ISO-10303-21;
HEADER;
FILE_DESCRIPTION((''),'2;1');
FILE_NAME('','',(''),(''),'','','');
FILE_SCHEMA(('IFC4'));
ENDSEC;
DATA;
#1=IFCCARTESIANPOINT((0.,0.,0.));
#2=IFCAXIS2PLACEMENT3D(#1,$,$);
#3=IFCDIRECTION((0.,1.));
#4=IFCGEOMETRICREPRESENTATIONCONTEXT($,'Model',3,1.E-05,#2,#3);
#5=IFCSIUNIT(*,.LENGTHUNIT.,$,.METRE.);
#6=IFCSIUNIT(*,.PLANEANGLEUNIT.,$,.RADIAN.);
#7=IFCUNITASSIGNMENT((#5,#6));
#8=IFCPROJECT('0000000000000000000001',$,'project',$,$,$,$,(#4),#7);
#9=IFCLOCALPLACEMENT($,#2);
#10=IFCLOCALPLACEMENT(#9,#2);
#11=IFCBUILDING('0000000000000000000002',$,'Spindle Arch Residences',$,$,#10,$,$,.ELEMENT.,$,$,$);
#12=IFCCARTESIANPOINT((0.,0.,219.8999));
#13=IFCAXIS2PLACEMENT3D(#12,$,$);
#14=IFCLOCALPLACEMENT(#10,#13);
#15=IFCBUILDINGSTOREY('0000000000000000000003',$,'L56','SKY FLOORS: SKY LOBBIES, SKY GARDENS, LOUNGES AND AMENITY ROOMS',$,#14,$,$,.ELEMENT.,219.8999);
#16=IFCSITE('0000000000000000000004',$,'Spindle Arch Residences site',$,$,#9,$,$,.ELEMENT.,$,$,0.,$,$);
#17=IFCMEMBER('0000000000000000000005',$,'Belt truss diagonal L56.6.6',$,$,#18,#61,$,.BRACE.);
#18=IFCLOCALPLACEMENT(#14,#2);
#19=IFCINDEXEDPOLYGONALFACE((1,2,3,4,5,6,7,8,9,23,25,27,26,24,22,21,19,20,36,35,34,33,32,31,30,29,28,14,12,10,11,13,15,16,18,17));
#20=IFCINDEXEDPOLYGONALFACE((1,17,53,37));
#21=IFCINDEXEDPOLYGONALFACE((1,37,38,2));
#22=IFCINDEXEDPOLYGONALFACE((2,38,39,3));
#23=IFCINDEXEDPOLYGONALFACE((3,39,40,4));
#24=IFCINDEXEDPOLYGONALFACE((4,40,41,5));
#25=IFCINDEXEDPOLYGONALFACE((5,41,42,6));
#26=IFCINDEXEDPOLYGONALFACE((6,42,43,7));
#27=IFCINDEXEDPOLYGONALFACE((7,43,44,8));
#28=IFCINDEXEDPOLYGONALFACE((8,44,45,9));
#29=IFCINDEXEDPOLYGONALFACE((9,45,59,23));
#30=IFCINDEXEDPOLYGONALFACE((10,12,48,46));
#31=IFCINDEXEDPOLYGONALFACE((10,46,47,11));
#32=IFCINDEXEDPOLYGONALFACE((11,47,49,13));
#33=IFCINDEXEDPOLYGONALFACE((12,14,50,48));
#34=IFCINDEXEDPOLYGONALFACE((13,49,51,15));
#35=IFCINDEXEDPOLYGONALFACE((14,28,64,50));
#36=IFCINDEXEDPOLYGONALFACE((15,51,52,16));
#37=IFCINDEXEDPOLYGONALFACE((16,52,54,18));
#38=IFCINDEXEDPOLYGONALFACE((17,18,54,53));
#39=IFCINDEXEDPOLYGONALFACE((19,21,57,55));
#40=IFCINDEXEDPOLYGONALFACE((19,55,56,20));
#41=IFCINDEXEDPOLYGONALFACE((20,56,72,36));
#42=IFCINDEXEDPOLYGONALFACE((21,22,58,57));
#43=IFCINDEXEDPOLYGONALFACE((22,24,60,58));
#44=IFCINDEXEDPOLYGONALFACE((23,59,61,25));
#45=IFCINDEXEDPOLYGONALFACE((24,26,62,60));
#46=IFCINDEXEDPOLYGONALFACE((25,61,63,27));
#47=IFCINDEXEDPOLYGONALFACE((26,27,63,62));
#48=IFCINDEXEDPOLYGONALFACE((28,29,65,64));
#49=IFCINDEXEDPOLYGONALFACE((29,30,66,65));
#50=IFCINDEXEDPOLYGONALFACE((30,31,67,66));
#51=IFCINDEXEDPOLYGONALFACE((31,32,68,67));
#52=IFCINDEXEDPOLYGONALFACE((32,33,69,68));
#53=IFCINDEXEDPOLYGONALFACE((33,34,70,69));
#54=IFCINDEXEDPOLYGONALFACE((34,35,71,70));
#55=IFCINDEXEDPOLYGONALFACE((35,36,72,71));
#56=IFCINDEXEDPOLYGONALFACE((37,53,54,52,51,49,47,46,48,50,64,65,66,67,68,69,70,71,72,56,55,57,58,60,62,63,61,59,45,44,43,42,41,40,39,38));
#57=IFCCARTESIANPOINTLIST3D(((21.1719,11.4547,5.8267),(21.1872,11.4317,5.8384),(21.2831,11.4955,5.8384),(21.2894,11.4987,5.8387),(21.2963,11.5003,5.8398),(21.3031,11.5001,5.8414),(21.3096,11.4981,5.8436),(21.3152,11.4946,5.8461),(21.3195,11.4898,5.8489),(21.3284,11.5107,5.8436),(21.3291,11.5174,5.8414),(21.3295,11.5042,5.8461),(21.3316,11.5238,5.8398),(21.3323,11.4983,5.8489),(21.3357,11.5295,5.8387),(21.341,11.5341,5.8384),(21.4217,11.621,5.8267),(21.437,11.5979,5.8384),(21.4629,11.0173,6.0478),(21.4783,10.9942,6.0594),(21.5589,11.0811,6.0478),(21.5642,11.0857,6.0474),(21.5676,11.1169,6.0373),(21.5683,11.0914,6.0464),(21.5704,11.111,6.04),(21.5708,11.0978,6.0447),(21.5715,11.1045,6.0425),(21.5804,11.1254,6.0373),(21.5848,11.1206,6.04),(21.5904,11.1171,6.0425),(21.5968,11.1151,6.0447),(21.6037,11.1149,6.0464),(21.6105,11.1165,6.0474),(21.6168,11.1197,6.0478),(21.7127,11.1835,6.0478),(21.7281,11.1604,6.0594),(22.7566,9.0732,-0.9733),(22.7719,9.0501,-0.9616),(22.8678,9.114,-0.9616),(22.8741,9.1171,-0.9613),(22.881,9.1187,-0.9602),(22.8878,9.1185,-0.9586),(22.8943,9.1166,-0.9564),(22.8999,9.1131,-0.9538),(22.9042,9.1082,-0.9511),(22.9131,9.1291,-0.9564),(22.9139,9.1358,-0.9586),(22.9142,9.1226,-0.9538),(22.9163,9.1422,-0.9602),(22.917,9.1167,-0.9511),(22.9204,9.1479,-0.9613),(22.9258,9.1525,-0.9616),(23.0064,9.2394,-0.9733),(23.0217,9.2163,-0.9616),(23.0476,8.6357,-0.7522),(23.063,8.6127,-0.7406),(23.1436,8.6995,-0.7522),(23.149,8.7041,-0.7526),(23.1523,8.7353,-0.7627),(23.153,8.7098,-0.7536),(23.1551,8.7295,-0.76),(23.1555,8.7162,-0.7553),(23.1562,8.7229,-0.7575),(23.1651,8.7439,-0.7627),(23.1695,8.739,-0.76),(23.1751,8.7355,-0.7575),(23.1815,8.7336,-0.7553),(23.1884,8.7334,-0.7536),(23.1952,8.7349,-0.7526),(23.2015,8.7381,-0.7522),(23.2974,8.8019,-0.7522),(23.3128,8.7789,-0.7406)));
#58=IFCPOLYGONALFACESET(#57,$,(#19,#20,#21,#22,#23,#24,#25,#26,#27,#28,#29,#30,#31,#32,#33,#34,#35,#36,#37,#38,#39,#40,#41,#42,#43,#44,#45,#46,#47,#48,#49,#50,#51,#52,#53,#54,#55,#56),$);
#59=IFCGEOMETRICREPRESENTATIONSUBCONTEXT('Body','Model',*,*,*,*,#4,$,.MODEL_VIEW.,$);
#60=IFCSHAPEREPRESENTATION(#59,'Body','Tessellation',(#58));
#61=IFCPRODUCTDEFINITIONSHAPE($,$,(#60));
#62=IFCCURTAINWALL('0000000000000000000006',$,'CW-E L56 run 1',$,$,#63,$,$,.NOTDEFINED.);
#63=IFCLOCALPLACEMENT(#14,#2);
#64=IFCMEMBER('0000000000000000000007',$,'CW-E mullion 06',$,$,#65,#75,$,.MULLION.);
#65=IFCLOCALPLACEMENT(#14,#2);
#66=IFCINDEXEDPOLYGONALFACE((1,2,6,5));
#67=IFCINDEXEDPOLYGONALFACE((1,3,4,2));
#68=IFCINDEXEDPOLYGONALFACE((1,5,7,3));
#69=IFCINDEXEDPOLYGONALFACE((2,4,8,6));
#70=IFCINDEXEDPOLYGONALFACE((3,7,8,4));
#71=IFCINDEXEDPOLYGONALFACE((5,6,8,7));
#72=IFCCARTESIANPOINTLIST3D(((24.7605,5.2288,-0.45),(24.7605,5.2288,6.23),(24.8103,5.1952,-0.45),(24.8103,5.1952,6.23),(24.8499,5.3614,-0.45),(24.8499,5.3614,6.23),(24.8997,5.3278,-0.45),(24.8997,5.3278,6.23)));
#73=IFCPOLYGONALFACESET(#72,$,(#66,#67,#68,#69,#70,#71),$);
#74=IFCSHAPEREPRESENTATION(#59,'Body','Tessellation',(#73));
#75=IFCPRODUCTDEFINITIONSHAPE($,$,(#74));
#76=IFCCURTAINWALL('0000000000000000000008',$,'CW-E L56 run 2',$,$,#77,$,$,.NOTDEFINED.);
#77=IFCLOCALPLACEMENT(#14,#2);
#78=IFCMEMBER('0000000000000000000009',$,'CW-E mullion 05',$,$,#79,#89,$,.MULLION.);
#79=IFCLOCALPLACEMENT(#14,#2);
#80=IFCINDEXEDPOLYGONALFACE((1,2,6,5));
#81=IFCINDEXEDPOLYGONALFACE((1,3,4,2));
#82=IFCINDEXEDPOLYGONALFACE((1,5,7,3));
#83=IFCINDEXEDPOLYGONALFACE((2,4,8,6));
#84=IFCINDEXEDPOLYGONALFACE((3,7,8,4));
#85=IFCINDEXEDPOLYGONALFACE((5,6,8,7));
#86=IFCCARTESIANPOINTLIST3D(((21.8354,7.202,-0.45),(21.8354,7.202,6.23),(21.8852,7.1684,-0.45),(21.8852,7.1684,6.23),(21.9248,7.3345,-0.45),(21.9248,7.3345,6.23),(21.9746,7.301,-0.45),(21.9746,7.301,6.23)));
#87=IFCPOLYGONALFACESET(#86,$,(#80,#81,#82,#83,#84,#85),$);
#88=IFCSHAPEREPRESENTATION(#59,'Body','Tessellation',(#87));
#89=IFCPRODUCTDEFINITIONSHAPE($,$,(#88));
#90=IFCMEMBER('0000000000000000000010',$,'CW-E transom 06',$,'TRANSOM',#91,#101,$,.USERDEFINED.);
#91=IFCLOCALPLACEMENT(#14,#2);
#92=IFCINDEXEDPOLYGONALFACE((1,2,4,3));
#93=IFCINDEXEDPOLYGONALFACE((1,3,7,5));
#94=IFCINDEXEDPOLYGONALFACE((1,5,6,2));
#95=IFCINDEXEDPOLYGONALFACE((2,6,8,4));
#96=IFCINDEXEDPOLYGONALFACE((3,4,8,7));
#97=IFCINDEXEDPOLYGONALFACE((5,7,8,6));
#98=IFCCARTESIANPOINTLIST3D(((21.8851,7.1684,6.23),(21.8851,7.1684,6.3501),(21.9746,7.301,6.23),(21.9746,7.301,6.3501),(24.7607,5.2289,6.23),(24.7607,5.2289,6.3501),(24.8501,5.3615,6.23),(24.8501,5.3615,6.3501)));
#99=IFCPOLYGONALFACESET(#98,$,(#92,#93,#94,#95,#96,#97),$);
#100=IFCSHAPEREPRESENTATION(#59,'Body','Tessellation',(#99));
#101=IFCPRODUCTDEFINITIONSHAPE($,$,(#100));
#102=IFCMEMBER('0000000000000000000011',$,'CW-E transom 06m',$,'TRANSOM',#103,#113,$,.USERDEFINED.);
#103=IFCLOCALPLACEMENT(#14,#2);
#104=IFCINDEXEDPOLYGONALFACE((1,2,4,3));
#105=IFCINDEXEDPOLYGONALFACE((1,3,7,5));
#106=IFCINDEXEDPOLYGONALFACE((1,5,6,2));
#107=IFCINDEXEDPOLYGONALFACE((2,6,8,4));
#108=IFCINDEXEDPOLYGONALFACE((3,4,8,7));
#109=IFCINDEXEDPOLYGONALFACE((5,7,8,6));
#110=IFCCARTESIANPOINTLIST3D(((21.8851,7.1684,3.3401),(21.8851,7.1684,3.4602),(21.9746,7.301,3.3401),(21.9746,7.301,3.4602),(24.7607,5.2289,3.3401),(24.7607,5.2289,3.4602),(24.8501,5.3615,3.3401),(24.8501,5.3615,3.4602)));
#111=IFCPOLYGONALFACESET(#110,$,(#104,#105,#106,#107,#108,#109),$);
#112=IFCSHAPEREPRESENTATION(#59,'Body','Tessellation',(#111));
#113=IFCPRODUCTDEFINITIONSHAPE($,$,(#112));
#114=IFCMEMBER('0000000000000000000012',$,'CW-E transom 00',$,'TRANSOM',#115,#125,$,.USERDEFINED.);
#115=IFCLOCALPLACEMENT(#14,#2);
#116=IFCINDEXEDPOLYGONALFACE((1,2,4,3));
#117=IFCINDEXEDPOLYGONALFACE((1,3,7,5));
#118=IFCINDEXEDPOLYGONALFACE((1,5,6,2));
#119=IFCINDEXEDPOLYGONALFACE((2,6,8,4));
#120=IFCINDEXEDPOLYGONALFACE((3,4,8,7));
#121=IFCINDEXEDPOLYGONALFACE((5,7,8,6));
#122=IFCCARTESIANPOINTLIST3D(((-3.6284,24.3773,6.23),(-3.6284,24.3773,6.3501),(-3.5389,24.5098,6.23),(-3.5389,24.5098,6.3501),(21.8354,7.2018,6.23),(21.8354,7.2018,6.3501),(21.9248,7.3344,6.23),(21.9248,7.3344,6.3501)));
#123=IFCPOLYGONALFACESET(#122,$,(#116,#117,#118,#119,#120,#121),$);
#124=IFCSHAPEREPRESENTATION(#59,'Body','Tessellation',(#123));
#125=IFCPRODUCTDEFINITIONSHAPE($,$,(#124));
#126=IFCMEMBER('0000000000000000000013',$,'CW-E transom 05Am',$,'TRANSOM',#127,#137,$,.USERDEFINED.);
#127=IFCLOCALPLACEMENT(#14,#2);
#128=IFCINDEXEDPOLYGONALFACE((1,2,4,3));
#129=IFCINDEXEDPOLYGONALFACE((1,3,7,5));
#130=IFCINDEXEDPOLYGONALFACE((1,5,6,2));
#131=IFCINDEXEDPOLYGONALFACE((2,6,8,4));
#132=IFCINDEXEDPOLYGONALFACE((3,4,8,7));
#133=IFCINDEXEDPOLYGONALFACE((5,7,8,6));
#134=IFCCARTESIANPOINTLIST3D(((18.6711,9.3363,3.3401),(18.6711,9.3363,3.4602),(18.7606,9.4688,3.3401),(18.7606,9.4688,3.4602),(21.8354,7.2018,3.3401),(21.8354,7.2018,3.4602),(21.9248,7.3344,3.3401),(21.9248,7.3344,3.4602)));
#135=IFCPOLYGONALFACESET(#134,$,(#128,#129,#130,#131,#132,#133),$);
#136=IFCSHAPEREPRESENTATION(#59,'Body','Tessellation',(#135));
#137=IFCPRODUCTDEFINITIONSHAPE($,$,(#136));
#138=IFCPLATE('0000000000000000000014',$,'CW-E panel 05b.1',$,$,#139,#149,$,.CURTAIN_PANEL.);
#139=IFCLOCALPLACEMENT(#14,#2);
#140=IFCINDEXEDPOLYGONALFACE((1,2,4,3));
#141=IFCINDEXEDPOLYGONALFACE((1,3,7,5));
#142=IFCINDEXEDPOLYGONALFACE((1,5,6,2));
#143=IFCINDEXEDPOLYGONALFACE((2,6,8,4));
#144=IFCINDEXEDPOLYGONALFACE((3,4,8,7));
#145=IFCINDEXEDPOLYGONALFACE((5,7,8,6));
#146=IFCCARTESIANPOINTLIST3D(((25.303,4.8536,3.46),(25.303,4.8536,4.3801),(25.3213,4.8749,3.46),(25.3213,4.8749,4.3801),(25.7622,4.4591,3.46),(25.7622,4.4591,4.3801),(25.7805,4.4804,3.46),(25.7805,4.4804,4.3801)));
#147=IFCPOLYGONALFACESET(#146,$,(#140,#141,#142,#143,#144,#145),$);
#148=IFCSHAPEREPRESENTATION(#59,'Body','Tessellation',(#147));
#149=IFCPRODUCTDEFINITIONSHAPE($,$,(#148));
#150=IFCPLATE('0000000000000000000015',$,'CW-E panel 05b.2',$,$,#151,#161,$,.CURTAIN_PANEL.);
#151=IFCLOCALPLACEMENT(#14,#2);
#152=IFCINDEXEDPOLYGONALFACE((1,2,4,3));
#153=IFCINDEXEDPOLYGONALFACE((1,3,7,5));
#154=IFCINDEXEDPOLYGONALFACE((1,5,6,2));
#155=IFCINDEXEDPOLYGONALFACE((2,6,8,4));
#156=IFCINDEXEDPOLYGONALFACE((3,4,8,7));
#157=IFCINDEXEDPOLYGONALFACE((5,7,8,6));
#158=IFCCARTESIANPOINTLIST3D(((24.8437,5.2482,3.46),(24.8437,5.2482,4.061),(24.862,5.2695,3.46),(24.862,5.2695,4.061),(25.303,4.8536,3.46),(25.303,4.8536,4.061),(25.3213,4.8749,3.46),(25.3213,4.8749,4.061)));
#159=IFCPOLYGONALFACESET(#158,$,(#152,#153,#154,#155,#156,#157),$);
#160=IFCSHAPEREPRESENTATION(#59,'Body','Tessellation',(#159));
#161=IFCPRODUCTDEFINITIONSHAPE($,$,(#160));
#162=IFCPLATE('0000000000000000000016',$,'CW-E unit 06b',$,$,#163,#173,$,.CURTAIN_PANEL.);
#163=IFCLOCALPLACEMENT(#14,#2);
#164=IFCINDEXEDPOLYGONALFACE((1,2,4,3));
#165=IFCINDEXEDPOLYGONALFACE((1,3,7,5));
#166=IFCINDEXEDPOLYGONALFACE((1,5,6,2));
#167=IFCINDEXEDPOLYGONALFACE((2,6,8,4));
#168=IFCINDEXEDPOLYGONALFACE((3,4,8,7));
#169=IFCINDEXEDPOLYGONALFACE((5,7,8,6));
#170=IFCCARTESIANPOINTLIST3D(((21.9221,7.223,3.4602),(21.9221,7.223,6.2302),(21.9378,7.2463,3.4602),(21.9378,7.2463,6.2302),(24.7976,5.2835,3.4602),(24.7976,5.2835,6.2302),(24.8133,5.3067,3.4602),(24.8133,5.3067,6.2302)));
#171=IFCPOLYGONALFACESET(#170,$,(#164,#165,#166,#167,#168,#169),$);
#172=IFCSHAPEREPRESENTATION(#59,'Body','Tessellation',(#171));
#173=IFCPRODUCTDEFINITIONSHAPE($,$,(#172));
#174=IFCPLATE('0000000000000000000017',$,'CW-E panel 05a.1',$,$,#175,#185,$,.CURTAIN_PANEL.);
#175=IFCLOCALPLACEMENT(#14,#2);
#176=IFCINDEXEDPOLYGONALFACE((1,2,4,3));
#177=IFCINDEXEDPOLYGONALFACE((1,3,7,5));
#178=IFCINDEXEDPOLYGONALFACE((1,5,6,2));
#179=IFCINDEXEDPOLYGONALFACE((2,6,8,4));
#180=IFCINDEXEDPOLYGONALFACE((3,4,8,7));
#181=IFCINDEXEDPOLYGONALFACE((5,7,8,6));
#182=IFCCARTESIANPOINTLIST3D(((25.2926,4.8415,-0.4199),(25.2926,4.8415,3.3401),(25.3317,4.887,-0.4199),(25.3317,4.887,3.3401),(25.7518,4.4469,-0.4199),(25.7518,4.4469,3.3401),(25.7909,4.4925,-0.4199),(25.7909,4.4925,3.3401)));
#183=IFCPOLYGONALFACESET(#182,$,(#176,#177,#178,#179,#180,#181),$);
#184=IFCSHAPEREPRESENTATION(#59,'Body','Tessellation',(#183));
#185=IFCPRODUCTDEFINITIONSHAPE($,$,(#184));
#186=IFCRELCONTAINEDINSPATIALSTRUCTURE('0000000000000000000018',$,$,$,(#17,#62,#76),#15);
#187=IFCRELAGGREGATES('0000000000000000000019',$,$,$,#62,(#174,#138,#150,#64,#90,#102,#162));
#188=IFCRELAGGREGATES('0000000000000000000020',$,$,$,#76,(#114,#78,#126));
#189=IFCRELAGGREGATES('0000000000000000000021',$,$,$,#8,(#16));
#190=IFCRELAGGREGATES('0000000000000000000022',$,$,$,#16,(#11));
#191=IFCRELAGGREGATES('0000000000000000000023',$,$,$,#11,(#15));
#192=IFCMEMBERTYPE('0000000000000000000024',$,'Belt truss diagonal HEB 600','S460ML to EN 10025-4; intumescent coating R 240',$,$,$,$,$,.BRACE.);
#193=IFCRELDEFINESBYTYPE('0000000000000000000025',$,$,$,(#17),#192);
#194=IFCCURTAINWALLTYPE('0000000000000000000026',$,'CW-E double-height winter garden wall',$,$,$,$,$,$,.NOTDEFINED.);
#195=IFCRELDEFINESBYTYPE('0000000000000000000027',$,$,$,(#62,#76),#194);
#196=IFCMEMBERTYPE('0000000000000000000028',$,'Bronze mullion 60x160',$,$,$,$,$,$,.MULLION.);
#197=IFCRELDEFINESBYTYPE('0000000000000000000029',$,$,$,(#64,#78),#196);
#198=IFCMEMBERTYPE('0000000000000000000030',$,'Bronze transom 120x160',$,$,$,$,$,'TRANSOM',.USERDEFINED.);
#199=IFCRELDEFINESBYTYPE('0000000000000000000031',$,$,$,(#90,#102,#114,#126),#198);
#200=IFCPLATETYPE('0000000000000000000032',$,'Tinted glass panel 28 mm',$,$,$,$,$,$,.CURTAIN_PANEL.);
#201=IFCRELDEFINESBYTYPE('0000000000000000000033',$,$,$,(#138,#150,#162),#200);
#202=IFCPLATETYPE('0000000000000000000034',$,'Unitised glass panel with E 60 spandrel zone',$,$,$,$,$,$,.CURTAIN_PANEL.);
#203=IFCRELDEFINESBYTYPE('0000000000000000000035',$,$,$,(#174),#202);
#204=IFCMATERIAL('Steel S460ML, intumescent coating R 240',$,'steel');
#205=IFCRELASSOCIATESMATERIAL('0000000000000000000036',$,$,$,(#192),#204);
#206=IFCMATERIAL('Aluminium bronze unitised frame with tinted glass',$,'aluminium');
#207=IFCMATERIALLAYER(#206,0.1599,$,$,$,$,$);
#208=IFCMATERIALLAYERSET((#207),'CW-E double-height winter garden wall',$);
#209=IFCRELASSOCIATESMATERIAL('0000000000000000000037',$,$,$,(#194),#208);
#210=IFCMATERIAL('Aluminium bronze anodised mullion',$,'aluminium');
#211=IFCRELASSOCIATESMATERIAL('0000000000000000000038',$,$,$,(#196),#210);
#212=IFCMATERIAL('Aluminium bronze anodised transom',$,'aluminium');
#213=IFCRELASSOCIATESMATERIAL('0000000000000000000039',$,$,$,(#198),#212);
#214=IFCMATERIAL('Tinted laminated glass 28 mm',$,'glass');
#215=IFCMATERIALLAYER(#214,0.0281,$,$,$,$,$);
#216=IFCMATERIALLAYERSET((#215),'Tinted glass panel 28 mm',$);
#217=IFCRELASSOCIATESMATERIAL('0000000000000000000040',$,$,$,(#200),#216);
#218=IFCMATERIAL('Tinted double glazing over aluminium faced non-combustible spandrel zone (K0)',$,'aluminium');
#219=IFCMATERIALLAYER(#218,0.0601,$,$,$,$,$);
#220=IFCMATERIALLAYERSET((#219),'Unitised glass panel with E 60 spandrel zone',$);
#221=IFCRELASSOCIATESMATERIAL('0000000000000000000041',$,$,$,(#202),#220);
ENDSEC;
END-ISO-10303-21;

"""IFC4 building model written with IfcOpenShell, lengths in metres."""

from ifc_helpers import new_model, si_unit, direction, frame, origin, origin_2d, place, context, subcontext, project, spatial, rectangle, i_section, extrude, material, layer, layer_set, material_profile, profile_set, type_object, element, aggregate, save


model = new_model("IFC4")

# Units and contexts
model_context = context("Model", 3, precision=1e-05, world=origin(), true_north=direction((0.0, 1.0)))
body_context = subcontext(model_context, "Body", "Model", "MODEL_VIEW")
ifc_project = project(units=[si_unit("LENGTHUNIT", "METRE"), si_unit("PLANEANGLEUNIT", "RADIAN")], contexts=[model_context])

# Site, building, storey
site_placement = place(None, origin())
site = spatial("IfcSite", under=ifc_project, at=site_placement, Name="Spindle Arch Residences site", CompositionType="ELEMENT", RefElevation=0.0)
building_placement = place(site_placement, origin())
building = spatial("IfcBuilding", under=site, at=building_placement, Name="Spindle Arch Residences", CompositionType="ELEMENT")
storey_placement = place(building_placement, frame((0.0, 0.0, 219.8999)))
storey = spatial("IfcBuildingStorey", under=building, at=storey_placement, Name="L56", Description="SKY FLOORS: SKY LOBBIES, SKY GARDENS, LOUNGES AND AMENITY ROOMS", CompositionType="ELEMENT", Elevation=219.8999)

# Member
ifc_material_1 = material(Name="Steel S460ML, intumescent coating R 240", Category="steel")
ifc_material_profile_1 = material_profile(ifc_material_1, i_section(OverallWidth=0.3, OverallDepth=0.6001, WebThickness=0.0154, FlangeThickness=0.03, FilletRadius=0.0271, at=origin_2d()), Name="HEB 600")
ifc_profile_set_1 = profile_set([ifc_material_profile_1], Name="Steel S460ML, intumescent coating R 240")
member_type_1 = type_object("IfcMemberType", Name="Belt truss diagonal HEB 600", Description="S460ML to EN 10025-4; intumescent coating R 240", PredefinedType="BRACE", material=ifc_profile_set_1)
member_1_placement = place(storey_placement, frame((23.0347, 8.926, -0.8569), z_axis=(-0.214811, 0.322829, 0.921758), x_axis=(-0.832536, -0.553971, 0.0)))
element("IfcMember", 1, at=member_1_placement, inside=storey, type_object=member_type_1, Name="Belt truss diagonal L56.6.6", PredefinedType="BRACE", context=body_context, shape_type="SweptSolid", body=[
    extrude(i_section(OverallWidth=0.3, OverallDepth=0.6001, WebThickness=0.0154, FlangeThickness=0.03, FilletRadius=0.0271, at=origin_2d()), origin(), (0.0, 0.0, 1.0), 7.3772),
])

# Curtain walls, members
ifc_material_2 = material(Name="Aluminium bronze unitised frame with tinted glass", Category="aluminium")
ifc_layer_1 = layer(ifc_material_2, 0.1599)
ifc_layer_set_1 = layer_set([ifc_layer_1], Name="CW-E double-height winter garden wall")
curtain_wall_type = type_object("IfcCurtainWallType", Name="CW-E double-height winter garden wall", PredefinedType="NOTDEFINED", material=ifc_layer_set_1)
curtain_wall_1_placement = place(storey_placement, origin())
curtain_wall_1 = element("IfcCurtainWall", 2, at=curtain_wall_1_placement, inside=storey, type_object=curtain_wall_type, Name="CW-E L56 run 1", PredefinedType="NOTDEFINED")
ifc_material_3 = material(Name="Aluminium bronze anodised mullion", Category="aluminium")
ifc_material_profile_2 = material_profile(ifc_material_3, rectangle(XDim=0.1599, YDim=0.0601, at=origin_2d()), Name="MU 60x160")
ifc_profile_set_2 = profile_set([ifc_material_profile_2], Name="Aluminium bronze anodised mullion")
member_type_2 = type_object("IfcMemberType", Name="Bronze mullion 60x160", PredefinedType="MULLION", material=ifc_profile_set_2)
member_2_placement = place(storey_placement, frame((24.8301, 5.2783, -0.45), z_axis=(0.0, 0.0, 1.0), x_axis=(-0.559193, -0.829038, 0.0)))
member_2 = element("IfcMember", 3, at=member_2_placement, type_object=member_type_2, Name="CW-E mullion 06", PredefinedType="MULLION", context=body_context, shape_type="SweptSolid", body=[
    extrude(rectangle(XDim=0.1599, YDim=0.0601, at=origin_2d()), origin(), (0.0, 0.0, 1.0), 6.6799),
])
curtain_wall_2_placement = place(storey_placement, origin())
curtain_wall_2 = element("IfcCurtainWall", 4, at=curtain_wall_2_placement, inside=storey, type_object=curtain_wall_type, Name="CW-E L56 run 2", PredefinedType="NOTDEFINED")
member_3_placement = place(storey_placement, frame((21.905, 7.2515, -0.45), z_axis=(0.0, 0.0, 1.0), x_axis=(-0.559193, -0.829038, 0.0)))
member_3 = element("IfcMember", 5, at=member_3_placement, type_object=member_type_2, Name="CW-E mullion 05", PredefinedType="MULLION", context=body_context, shape_type="SweptSolid", body=[
    extrude(rectangle(XDim=0.1599, YDim=0.0601, at=origin_2d()), origin(), (0.0, 0.0, 1.0), 6.6799),
])

# Members
ifc_material_4 = material(Name="Aluminium bronze anodised transom", Category="aluminium")
ifc_material_profile_3 = material_profile(ifc_material_4, rectangle(XDim=0.1599, YDim=0.1201, at=origin_2d()), Name="TR 120x160")
ifc_profile_set_3 = profile_set([ifc_material_profile_3], Name="Aluminium bronze anodised transom")
member_type_3 = type_object("IfcMemberType", Name="Bronze transom 120x160", ElementType="TRANSOM", PredefinedType="USERDEFINED", material=ifc_profile_set_3)
member_4_placement = place(storey_placement, frame((24.8054, 5.2952, 6.29), z_axis=(-0.829049, 0.559175, 0.0), x_axis=(-0.559175, -0.829049, 0.0)))
member_4 = element("IfcMember", 6, at=member_4_placement, type_object=member_type_3, Name="CW-E transom 06", ObjectType="TRANSOM", PredefinedType="USERDEFINED", context=body_context, shape_type="SweptSolid", body=[
    extrude(rectangle(XDim=0.1599, YDim=0.1201, at=origin_2d()), origin(), (0.0, 0.0, 1.0), 3.4685),
])
member_5_placement = place(storey_placement, frame((24.8054, 5.2952, 3.4001), z_axis=(-0.829049, 0.559175, 0.0), x_axis=(-0.559175, -0.829049, 0.0)))
member_5 = element("IfcMember", 7, at=member_5_placement, type_object=member_type_3, Name="CW-E transom 06m", ObjectType="TRANSOM", PredefinedType="USERDEFINED", context=body_context, shape_type="SweptSolid", body=[
    extrude(rectangle(XDim=0.1599, YDim=0.1201, at=origin_2d()), origin(), (0.0, 0.0, 1.0), 3.4685),
])
member_6_placement = place(storey_placement, frame((21.8801, 7.2681, 6.29), z_axis=(-0.829038, 0.559192, 0.0), x_axis=(-0.559192, -0.829038, 0.0)))
member_6 = element("IfcMember", 8, at=member_6_placement, type_object=member_type_3, Name="CW-E transom 00", ObjectType="TRANSOM", PredefinedType="USERDEFINED", context=body_context, shape_type="SweptSolid", body=[
    extrude(rectangle(XDim=0.1599, YDim=0.1201, at=origin_2d()), origin(), (0.0, 0.0, 1.0), 30.7148),
])
member_7_placement = place(storey_placement, frame((21.8801, 7.2681, 3.4001), z_axis=(-0.829017, 0.559223, 0.0), x_axis=(-0.559223, -0.829017, 0.0)))
member_7 = element("IfcMember", 9, at=member_7_placement, type_object=member_type_3, Name="CW-E transom 05Am", ObjectType="TRANSOM", PredefinedType="USERDEFINED", context=body_context, shape_type="SweptSolid", body=[
    extrude(rectangle(XDim=0.1599, YDim=0.1201, at=origin_2d()), origin(), (0.0, 0.0, 1.0), 3.8169),
])

# Plates
ifc_material_5 = material(Name="Tinted laminated glass 28 mm", Category="glass")
ifc_layer_2 = layer(ifc_material_5, 0.0281)
ifc_layer_set_2 = layer_set([ifc_layer_2], Name="Tinted glass panel 28 mm")
plate_type_1 = type_object("IfcPlateType", Name="Tinted glass panel 28 mm", PredefinedType="CURTAIN_PANEL", material=ifc_layer_set_2)
plate_1_placement = place(storey_placement, frame((25.5417, 4.667, 3.46), z_axis=(0.0, 0.0, 1.0), x_axis=(-0.758514, 0.651657, 0.0)))
plate_1 = element("IfcPlate", 10, at=plate_1_placement, type_object=plate_type_1, Name="CW-E panel 05b.1", PredefinedType="CURTAIN_PANEL", context=body_context, shape_type="SweptSolid", body=[
    extrude(rectangle(XDim=0.6055, YDim=0.0281, at=origin_2d()), origin(), (0.0, 0.0, 1.0), 0.9202),
])
plate_2_placement = place(storey_placement, frame((25.0825, 5.0615, 3.46), z_axis=(0.0, 0.0, 1.0), x_axis=(-0.758514, 0.651657, 0.0)))
plate_2 = element("IfcPlate", 11, at=plate_2_placement, type_object=plate_type_1, Name="CW-E panel 05b.2", PredefinedType="CURTAIN_PANEL", context=body_context, shape_type="SweptSolid", body=[
    extrude(rectangle(XDim=0.6055, YDim=0.0281, at=origin_2d()), origin(), (0.0, 0.0, 1.0), 0.6011),
])
plate_3_placement = place(storey_placement, frame((23.3677, 6.2649, 3.4602), z_axis=(0.0, 0.0, 1.0), x_axis=(-0.829038, 0.559193, 0.0)))
plate_3 = element("IfcPlate", 12, at=plate_3_placement, type_object=plate_type_1, Name="CW-E unit 06b", PredefinedType="CURTAIN_PANEL", context=body_context, shape_type="SweptSolid", body=[
    extrude(rectangle(XDim=3.4685, YDim=0.0281, at=origin_2d()), origin(), (0.0, 0.0, 1.0), 2.77),
])
ifc_material_6 = material(Name="Tinted double glazing over aluminium faced non-combustible spandrel zone (K0)", Category="aluminium")
ifc_layer_3 = layer(ifc_material_6, 0.0601)
ifc_layer_set_3 = layer_set([ifc_layer_3], Name="Unitised glass panel with E 60 spandrel zone")
plate_type_2 = type_object("IfcPlateType", Name="Unitised glass panel with E 60 spandrel zone", PredefinedType="CURTAIN_PANEL", material=ifc_layer_set_3)
plate_4_placement = place(storey_placement, frame((25.5417, 4.667, -0.4199), z_axis=(0.0, 0.0, 1.0), x_axis=(-0.758514, 0.651657, 0.0)))
plate_4 = element("IfcPlate", 13, at=plate_4_placement, type_object=plate_type_2, Name="CW-E panel 05a.1", PredefinedType="CURTAIN_PANEL", context=body_context, shape_type="SweptSolid", body=[
    extrude(rectangle(XDim=0.6055, YDim=0.0601, at=origin_2d()), origin(), (0.0, 0.0, 1.0), 3.76),
])
aggregate(curtain_wall_1, [plate_4, plate_1, plate_2, member_2, member_4, member_5, plate_3])
aggregate(curtain_wall_2, [member_6, member_3, member_7])

save(model, "model.ifc")
